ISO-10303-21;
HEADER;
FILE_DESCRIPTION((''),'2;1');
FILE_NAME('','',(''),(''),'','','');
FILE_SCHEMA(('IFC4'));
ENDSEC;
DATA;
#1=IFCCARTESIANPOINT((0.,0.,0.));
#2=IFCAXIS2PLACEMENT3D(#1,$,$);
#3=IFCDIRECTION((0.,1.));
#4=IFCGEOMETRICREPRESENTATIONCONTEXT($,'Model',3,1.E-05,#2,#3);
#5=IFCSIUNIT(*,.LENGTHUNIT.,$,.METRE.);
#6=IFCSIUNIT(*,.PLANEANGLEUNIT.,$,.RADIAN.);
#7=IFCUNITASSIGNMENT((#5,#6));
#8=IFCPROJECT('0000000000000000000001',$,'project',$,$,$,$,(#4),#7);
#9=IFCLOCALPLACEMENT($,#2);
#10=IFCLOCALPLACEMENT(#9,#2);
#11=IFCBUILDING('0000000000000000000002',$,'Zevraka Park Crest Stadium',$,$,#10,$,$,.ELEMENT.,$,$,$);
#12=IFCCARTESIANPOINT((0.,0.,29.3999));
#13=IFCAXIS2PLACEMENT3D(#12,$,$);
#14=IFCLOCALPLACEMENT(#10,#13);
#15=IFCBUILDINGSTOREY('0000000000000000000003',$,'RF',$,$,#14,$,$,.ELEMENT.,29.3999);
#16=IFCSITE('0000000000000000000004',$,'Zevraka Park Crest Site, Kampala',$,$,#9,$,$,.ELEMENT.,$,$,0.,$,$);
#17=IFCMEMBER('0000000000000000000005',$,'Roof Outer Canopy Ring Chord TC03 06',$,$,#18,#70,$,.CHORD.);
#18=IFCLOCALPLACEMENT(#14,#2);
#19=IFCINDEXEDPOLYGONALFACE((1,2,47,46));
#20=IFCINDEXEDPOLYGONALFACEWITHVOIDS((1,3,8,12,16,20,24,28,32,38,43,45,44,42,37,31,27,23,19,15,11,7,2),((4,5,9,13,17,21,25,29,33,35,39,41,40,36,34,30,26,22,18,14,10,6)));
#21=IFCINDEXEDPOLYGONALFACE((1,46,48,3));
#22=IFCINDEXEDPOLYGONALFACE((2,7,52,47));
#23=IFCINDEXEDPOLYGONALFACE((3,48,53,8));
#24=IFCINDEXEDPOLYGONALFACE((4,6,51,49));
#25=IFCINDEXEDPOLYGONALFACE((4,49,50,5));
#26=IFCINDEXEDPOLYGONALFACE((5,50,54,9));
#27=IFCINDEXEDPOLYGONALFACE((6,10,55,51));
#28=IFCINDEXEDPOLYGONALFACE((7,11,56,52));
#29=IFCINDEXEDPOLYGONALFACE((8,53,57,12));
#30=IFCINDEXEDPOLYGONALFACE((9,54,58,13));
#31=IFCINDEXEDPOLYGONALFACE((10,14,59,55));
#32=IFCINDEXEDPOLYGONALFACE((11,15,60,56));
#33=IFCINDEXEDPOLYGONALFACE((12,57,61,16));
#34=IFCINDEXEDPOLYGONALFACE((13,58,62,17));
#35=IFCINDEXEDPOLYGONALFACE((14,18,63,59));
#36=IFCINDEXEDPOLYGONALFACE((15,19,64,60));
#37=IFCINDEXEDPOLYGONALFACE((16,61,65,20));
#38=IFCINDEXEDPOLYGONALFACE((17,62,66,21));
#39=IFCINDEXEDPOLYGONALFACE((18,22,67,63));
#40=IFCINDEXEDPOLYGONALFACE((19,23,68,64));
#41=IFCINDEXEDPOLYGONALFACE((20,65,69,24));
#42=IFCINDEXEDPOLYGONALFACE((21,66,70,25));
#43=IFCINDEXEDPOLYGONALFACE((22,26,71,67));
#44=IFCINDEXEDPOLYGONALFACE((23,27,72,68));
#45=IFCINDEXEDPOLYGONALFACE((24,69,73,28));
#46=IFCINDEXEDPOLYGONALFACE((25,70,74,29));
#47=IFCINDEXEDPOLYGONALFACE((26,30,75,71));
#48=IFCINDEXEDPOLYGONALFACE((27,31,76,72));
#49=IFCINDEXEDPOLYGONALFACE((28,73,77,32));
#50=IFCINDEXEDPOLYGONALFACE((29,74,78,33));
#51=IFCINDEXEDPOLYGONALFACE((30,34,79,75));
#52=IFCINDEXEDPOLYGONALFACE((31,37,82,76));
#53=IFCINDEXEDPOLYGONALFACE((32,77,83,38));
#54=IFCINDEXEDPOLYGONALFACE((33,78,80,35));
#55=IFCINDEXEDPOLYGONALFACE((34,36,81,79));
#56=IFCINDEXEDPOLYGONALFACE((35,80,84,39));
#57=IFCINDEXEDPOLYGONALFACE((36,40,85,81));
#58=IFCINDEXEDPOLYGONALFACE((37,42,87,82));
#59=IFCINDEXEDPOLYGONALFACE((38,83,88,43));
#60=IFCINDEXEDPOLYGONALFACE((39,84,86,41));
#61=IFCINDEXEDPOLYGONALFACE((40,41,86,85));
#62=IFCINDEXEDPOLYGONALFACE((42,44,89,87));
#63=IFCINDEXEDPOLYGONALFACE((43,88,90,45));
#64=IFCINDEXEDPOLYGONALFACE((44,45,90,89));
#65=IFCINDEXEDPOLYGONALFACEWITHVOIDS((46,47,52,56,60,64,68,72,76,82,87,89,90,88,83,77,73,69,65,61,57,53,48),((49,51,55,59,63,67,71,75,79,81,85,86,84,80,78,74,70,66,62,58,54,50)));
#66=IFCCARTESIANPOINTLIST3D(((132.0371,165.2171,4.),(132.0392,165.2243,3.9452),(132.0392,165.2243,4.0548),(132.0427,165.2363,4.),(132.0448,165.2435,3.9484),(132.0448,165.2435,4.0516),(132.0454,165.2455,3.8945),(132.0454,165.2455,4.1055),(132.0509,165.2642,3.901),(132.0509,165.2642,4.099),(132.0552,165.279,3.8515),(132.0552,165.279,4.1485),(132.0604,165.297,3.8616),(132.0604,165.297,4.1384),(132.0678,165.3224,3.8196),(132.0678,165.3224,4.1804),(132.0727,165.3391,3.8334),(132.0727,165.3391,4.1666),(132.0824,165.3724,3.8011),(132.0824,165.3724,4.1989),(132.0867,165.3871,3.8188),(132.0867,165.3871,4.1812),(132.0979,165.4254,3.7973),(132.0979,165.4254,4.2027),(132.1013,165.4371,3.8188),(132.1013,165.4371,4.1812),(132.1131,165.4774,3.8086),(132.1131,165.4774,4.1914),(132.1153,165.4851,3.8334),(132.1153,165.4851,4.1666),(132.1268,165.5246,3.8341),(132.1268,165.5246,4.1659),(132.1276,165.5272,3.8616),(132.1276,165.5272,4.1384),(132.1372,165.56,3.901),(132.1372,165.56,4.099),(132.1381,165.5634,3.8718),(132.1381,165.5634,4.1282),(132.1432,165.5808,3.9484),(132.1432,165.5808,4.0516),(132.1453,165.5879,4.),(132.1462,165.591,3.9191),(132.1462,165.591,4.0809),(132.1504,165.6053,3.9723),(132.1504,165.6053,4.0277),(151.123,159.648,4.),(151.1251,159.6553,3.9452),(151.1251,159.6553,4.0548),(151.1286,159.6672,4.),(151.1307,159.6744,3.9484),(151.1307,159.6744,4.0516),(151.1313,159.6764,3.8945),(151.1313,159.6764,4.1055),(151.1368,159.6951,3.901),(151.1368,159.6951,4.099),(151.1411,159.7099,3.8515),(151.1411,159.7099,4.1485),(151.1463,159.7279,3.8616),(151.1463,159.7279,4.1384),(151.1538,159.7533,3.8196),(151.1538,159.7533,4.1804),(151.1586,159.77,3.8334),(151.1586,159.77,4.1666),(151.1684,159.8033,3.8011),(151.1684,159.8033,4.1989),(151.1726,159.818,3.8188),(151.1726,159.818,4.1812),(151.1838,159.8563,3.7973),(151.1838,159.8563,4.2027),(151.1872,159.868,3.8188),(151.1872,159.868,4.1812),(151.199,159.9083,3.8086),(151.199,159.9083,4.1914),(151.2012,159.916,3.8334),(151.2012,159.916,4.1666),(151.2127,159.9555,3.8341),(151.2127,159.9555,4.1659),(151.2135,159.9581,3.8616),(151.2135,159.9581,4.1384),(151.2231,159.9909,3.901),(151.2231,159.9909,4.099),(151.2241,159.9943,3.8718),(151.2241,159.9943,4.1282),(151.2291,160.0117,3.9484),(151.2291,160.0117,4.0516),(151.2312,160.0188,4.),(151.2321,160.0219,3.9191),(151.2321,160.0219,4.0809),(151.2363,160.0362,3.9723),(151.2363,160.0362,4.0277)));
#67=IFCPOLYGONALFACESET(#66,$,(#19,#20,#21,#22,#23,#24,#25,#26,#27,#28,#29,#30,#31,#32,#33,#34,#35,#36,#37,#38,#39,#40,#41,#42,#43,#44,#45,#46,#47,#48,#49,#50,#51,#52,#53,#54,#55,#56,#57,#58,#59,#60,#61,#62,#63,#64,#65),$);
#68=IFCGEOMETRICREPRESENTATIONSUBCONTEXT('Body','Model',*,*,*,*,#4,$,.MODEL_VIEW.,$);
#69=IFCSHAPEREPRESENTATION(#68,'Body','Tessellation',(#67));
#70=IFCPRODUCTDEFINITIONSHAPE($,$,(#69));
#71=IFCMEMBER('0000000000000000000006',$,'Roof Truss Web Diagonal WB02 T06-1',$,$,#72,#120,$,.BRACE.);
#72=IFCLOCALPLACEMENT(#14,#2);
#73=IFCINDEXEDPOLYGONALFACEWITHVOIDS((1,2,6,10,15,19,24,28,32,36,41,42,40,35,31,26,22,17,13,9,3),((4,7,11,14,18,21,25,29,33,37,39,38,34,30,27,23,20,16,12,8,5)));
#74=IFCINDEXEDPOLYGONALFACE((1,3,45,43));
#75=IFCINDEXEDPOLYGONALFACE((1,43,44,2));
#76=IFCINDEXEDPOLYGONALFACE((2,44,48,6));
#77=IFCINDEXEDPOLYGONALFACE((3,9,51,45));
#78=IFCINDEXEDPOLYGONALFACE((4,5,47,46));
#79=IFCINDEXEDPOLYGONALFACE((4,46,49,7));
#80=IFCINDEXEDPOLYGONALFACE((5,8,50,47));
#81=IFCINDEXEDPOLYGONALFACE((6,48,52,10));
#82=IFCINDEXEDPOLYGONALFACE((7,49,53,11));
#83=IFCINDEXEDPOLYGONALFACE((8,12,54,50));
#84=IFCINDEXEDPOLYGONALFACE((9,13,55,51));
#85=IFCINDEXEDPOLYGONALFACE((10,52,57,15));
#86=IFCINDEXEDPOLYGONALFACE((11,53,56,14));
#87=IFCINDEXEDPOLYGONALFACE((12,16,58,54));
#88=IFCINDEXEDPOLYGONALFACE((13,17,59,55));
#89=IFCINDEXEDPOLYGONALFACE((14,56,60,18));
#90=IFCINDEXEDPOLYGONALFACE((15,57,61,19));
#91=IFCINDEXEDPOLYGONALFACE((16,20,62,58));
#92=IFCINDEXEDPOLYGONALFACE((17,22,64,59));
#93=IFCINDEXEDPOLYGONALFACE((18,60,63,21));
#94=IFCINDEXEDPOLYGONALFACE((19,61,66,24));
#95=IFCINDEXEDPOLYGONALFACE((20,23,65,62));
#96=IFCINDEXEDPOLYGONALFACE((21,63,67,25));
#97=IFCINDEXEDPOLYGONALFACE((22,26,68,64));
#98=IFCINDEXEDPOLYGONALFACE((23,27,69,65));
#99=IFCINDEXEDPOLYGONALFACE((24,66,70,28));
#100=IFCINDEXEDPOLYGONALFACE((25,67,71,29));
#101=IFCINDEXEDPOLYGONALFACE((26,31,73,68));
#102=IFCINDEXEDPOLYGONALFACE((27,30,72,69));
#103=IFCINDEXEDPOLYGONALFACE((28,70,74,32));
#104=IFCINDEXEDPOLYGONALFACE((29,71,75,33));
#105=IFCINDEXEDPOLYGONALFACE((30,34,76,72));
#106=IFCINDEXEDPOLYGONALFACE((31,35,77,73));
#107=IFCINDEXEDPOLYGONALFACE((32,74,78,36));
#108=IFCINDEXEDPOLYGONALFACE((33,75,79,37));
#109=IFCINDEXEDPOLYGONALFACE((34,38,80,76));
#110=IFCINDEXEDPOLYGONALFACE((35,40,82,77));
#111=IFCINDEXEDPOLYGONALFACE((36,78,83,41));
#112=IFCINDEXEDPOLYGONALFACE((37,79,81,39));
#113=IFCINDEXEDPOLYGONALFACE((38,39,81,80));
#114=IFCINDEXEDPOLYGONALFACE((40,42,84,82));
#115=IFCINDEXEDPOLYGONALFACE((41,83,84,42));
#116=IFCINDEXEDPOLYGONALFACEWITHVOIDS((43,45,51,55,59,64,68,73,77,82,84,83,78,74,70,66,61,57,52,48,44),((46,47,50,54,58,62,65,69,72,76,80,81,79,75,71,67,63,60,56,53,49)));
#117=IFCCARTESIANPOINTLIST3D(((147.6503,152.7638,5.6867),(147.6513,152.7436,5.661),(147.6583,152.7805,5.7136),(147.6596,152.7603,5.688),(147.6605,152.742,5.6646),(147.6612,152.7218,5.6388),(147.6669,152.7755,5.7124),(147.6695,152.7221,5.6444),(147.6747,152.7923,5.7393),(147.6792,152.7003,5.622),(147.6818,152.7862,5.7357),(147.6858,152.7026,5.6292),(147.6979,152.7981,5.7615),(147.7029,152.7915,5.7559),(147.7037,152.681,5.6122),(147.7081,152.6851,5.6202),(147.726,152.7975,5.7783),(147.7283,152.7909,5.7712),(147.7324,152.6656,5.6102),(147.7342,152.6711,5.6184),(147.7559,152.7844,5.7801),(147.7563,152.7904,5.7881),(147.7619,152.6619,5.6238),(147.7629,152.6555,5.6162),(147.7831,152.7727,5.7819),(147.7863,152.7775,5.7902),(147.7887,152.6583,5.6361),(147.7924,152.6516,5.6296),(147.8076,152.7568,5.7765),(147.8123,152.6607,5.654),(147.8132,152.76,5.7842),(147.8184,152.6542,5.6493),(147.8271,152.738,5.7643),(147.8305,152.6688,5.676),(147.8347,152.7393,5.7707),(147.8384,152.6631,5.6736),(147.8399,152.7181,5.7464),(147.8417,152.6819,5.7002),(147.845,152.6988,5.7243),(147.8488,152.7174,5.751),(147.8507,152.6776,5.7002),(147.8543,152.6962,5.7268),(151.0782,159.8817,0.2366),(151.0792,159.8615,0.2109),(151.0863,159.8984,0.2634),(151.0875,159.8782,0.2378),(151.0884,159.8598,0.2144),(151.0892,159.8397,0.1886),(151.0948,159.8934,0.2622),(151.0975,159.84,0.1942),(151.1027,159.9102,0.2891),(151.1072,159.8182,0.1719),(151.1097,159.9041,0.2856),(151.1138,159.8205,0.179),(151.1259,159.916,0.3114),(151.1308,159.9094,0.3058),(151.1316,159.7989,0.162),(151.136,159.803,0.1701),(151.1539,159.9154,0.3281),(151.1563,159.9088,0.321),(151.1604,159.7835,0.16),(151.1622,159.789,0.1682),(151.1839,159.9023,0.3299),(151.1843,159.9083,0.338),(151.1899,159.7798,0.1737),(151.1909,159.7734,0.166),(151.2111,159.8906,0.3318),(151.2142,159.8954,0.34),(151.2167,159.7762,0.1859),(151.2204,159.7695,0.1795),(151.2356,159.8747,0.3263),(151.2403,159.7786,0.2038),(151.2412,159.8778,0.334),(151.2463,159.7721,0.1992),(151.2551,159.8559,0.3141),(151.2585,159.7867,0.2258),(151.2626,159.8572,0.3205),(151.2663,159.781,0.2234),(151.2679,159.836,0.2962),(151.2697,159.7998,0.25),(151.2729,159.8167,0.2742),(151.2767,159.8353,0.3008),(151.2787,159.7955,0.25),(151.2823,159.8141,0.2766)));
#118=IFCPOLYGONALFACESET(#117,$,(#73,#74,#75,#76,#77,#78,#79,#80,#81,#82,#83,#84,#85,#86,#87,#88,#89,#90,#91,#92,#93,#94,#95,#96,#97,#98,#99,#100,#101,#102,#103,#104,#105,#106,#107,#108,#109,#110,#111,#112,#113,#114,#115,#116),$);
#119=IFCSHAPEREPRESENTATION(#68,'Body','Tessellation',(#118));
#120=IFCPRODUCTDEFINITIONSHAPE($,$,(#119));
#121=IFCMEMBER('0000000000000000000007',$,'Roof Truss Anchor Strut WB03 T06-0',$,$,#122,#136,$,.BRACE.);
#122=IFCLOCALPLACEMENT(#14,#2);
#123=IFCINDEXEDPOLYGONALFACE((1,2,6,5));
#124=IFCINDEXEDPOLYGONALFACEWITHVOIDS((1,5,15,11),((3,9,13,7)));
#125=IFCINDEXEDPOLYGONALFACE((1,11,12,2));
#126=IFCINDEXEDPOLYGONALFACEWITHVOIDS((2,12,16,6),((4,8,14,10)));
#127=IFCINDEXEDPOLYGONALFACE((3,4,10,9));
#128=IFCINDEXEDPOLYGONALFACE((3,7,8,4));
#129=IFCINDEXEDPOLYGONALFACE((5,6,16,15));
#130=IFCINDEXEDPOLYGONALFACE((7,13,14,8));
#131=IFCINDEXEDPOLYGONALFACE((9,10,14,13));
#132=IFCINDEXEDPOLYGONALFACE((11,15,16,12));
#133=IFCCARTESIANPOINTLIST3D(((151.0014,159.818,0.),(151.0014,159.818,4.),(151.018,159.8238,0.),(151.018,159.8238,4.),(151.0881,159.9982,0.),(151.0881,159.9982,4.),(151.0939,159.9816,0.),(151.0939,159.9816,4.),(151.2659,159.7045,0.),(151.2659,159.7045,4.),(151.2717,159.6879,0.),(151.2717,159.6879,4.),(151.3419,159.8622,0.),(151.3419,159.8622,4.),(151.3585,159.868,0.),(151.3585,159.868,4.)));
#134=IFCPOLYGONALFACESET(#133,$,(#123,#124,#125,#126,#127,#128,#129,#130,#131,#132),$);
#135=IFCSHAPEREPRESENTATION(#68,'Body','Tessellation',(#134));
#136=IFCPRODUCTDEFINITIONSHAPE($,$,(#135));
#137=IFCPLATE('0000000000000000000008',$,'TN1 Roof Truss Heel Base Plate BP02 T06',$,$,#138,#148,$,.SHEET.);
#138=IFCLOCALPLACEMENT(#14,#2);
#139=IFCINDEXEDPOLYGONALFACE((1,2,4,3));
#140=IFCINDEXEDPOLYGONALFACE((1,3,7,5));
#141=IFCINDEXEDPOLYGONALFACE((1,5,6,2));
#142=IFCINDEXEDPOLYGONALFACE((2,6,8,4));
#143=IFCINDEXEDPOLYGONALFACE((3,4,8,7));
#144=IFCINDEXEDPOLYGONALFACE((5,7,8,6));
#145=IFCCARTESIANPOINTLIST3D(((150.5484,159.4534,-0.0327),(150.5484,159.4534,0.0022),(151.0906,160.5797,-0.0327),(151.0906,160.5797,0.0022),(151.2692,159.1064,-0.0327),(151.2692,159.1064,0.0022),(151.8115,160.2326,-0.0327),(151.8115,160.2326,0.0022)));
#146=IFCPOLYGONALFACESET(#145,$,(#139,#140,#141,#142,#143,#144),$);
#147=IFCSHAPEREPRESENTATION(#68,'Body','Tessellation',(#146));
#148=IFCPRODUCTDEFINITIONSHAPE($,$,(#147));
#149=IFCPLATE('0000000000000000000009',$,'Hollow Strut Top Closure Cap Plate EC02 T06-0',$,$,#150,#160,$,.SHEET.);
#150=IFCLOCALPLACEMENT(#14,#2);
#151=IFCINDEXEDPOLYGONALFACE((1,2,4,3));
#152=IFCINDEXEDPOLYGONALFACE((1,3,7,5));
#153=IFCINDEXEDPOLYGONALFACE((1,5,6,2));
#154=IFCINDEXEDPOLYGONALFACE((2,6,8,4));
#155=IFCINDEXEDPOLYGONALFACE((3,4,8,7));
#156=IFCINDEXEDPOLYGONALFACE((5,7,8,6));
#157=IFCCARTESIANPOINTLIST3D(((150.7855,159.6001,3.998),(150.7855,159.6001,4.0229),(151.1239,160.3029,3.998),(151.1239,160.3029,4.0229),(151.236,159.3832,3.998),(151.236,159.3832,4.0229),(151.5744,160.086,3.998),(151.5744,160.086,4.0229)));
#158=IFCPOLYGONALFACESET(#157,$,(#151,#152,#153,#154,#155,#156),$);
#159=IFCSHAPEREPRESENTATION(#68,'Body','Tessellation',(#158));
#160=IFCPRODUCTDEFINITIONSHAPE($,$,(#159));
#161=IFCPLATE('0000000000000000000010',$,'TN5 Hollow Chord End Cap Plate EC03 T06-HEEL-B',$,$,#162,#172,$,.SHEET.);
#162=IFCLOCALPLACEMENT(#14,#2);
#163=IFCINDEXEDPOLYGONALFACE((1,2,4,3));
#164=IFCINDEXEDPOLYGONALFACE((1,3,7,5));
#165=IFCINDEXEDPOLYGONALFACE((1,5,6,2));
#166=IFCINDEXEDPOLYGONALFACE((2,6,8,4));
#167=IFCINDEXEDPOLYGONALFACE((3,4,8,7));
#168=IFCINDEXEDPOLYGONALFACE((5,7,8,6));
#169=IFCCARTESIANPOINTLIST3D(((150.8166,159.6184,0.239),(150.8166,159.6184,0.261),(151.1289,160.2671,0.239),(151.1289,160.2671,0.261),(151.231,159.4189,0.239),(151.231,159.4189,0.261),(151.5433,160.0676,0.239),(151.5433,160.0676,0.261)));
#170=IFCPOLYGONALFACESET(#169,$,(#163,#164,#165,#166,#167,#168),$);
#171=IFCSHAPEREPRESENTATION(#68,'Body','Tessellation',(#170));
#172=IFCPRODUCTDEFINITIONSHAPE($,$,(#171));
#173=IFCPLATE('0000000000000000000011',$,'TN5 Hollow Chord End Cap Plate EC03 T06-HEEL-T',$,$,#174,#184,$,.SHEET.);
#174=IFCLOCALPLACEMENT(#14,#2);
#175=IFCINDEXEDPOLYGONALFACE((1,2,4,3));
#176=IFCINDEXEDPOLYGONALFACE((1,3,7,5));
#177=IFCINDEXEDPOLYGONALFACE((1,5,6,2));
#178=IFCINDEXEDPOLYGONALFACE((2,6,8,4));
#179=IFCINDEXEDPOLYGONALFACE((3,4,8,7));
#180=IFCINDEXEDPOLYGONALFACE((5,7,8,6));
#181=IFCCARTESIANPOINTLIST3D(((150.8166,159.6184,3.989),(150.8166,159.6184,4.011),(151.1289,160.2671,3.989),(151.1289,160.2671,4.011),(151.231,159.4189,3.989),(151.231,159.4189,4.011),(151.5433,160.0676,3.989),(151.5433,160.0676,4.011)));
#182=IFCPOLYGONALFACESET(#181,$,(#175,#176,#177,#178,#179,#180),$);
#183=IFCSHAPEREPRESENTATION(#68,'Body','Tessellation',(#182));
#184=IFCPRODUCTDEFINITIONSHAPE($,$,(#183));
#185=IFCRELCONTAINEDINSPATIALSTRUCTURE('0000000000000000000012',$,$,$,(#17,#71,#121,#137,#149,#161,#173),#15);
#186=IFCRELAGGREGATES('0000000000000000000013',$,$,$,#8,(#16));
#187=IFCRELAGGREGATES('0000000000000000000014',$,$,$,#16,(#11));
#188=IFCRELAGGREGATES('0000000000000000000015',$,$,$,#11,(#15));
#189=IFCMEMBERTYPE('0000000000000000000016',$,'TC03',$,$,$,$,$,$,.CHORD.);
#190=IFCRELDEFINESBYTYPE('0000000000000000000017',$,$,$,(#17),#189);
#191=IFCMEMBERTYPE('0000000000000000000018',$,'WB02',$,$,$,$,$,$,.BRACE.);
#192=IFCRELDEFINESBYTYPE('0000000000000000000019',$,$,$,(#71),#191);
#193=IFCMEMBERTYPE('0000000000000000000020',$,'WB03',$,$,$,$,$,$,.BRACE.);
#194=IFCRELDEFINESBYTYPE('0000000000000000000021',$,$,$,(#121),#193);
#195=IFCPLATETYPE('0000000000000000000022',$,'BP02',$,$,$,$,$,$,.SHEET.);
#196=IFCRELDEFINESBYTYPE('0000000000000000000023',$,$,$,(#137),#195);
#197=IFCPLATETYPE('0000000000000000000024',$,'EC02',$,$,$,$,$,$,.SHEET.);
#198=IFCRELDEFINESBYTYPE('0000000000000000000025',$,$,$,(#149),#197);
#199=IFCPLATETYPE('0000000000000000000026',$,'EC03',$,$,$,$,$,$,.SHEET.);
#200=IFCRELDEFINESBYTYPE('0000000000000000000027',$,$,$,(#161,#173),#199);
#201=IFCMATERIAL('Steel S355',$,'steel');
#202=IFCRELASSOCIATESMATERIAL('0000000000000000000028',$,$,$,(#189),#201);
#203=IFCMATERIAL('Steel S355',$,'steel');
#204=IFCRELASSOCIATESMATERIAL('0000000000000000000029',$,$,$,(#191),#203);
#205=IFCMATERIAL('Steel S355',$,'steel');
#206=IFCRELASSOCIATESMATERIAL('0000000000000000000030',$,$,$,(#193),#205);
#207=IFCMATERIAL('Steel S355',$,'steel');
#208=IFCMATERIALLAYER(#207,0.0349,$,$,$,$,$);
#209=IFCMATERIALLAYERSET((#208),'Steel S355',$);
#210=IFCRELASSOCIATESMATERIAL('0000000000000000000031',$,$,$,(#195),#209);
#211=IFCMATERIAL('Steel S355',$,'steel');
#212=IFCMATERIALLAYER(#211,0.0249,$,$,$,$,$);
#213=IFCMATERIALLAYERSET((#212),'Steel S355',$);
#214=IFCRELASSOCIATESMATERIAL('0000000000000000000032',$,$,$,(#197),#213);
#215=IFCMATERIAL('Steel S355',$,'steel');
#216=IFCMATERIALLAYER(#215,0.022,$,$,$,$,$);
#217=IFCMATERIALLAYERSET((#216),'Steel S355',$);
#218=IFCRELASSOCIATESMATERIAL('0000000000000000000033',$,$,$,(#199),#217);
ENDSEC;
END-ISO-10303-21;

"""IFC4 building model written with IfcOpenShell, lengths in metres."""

from ifc_helpers import new_model, si_unit, direction, frame, origin, origin_2d, place, context, subcontext, project, spatial, rectangle, hollow_rectangle, hollow_circle, extrude, material, layer, layer_set, material_profile, profile_set, type_object, element, save


model = new_model("IFC4")

# Units and contexts
model_context = context("Model", 3, precision=1e-05, world=origin(), true_north=direction((0.0, 1.0)))
body_context = subcontext(model_context, "Body", "Model", "MODEL_VIEW")
ifc_project = project(units=[si_unit("LENGTHUNIT", "METRE"), si_unit("PLANEANGLEUNIT", "RADIAN")], contexts=[model_context])

# Site, building, storey
site_placement = place(None, origin())
site = spatial("IfcSite", under=ifc_project, at=site_placement, Name="Zevraka Park Crest Site, Kampala", CompositionType="ELEMENT", RefElevation=0.0)
building_placement = place(site_placement, origin())
building = spatial("IfcBuilding", under=site, at=building_placement, Name="Zevraka Park Crest Stadium", CompositionType="ELEMENT")
storey_placement = place(building_placement, frame((0.0, 0.0, 29.3999)))
storey = spatial("IfcBuildingStorey", under=building, at=storey_placement, Name="RF", CompositionType="ELEMENT", Elevation=29.3999)

# Members
ifc_material_1 = material(Name="Steel S355", Category="steel")
ifc_material_profile_1 = material_profile(ifc_material_1, hollow_circle(Radius=0.2031, WallThickness=0.02, at=origin_2d()), Name="CHS 406.4x20")
ifc_profile_set_1 = profile_set([ifc_material_profile_1], Name="Steel S355")
member_type_1 = type_object("IfcMemberType", Name="TC03", PredefinedType="CHORD", material=ifc_profile_set_1)
member_1_placement = place(storey_placement, frame((151.1799, 159.843, 4.0), z_axis=(-0.959968, 0.280109, 0.0), x_axis=(-0.280109, -0.959968, 0.0)))
element("IfcMember", 1, at=member_1_placement, inside=storey, type_object=member_type_1, Name="Roof Outer Canopy Ring Chord TC03 06", PredefinedType="CHORD", context=body_context, shape_type="SweptSolid", body=[
    extrude(hollow_circle(Radius=0.2031, WallThickness=0.02, at=origin_2d()), origin(), (0.0, 0.0, 1.0), 19.8818),
])
ifc_material_2 = material(Name="Steel S355", Category="steel")
ifc_material_profile_2 = material_profile(ifc_material_2, hollow_circle(Radius=0.1096, WallThickness=0.01, at=origin_2d()), Name="CHS 219.1x10")
ifc_profile_set_2 = profile_set([ifc_material_profile_2], Name="Steel S355")
member_type_2 = type_object("IfcMemberType", Name="WB02", PredefinedType="BRACE", material=ifc_profile_set_2)
member_2_placement = place(storey_placement, frame((151.1799, 159.843, 0.25), z_axis=(-0.357158, -0.741609, 0.567851), x_axis=(0.900961, -0.433901, 0.0)))
element("IfcMember", 2, at=member_2_placement, inside=storey, type_object=member_type_2, Name="Roof Truss Web Diagonal WB02 T06-1", PredefinedType="BRACE", context=body_context, shape_type="SweptSolid", body=[
    extrude(hollow_circle(Radius=0.1096, WallThickness=0.01, at=origin_2d()), origin(), (0.0, 0.0, 1.0), 9.5979),
])
ifc_material_3 = material(Name="Steel S355", Category="steel")
ifc_material_profile_3 = material_profile(ifc_material_3, hollow_rectangle(XDim=0.2, YDim=0.3, WallThickness=0.0125, at=origin_2d()), Name="RHS 300x200x12.5")
ifc_profile_set_3 = profile_set([ifc_material_profile_3], Name="Steel S355")
member_type_3 = type_object("IfcMemberType", Name="WB03", PredefinedType="BRACE", material=ifc_profile_set_3)
member_3_placement = place(storey_placement, frame((151.1799, 159.843, 0.0), z_axis=(0.0, 0.0, 1.0), x_axis=(0.433816, 0.901001, 0.0)))
element("IfcMember", 3, at=member_3_placement, inside=storey, type_object=member_type_3, Name="Roof Truss Anchor Strut WB03 T06-0", PredefinedType="BRACE", context=body_context, shape_type="SweptSolid", body=[
    extrude(hollow_rectangle(XDim=0.2, YDim=0.3, WallThickness=0.0125, at=origin_2d()), origin(), (0.0, 0.0, 1.0), 4.0),
])

# Plates
ifc_material_4 = material(Name="Steel S355", Category="steel")
ifc_layer_1 = layer(ifc_material_4, 0.0349)
ifc_layer_set_1 = layer_set([ifc_layer_1], Name="Steel S355")
plate_type_1 = type_object("IfcPlateType", Name="BP02", PredefinedType="SHEET", material=ifc_layer_set_1)
plate_1_placement = place(storey_placement, frame((151.1799, 159.843, -0.0327), z_axis=(0.0, 0.0, 1.0), x_axis=(0.433816, 0.901001, 0.0)))
element("IfcPlate", 4, at=plate_1_placement, inside=storey, type_object=plate_type_1, Name="TN1 Roof Truss Heel Base Plate BP02 T06", PredefinedType="SHEET", context=body_context, shape_type="SweptSolid", body=[
    extrude(rectangle(XDim=1.25, YDim=0.8, at=origin_2d()), origin(), (0.0, 0.0, 1.0), 0.0349),
])
ifc_material_5 = material(Name="Steel S355", Category="steel")
ifc_layer_2 = layer(ifc_material_5, 0.0249)
ifc_layer_set_2 = layer_set([ifc_layer_2], Name="Steel S355")
plate_type_2 = type_object("IfcPlateType", Name="EC02", PredefinedType="SHEET", material=ifc_layer_set_2)
plate_2_placement = place(storey_placement, frame((151.1799, 159.843, 3.998), z_axis=(0.0, 0.0, 1.0), x_axis=(0.433816, 0.901001, 0.0)))
element("IfcPlate", 5, at=plate_2_placement, inside=storey, type_object=plate_type_2, Name="Hollow Strut Top Closure Cap Plate EC02 T06-0", PredefinedType="SHEET", context=body_context, shape_type="SweptSolid", body=[
    extrude(rectangle(XDim=0.78, YDim=0.5, at=origin_2d()), origin(), (0.0, 0.0, 1.0), 0.0249),
])
ifc_material_6 = material(Name="Steel S355", Category="steel")
ifc_layer_3 = layer(ifc_material_6, 0.022)
ifc_layer_set_3 = layer_set([ifc_layer_3], Name="Steel S355")
plate_type_3 = type_object("IfcPlateType", Name="EC03", PredefinedType="SHEET", material=ifc_layer_set_3)
for number, where, z_axis, x_axis, name in (
    (6, (151.1799, 159.843, 0.239), (0.0, 0.0, 1.0), (0.433816, 0.901001, 0.0), "TN5 Hollow Chord End Cap Plate EC03 T06-HEEL-B"),
    (7, (151.1799, 159.843, 3.989), (0.0, 0.0, 1.0), (0.433816, 0.901001, 0.0), "TN5 Hollow Chord End Cap Plate EC03 T06-HEEL-T"),
):
    element("IfcPlate", number, at=place(storey_placement, frame(where, z_axis=z_axis, x_axis=x_axis)), inside=storey, type_object=plate_type_3, Name=name, PredefinedType="SHEET", context=body_context, shape_type="SweptSolid", body=[
        extrude(rectangle(XDim=0.72, YDim=0.46, at=origin_2d()), origin(), (0.0, 0.0, 1.0), 0.022),
    ])

save(model, "model.ifc")
